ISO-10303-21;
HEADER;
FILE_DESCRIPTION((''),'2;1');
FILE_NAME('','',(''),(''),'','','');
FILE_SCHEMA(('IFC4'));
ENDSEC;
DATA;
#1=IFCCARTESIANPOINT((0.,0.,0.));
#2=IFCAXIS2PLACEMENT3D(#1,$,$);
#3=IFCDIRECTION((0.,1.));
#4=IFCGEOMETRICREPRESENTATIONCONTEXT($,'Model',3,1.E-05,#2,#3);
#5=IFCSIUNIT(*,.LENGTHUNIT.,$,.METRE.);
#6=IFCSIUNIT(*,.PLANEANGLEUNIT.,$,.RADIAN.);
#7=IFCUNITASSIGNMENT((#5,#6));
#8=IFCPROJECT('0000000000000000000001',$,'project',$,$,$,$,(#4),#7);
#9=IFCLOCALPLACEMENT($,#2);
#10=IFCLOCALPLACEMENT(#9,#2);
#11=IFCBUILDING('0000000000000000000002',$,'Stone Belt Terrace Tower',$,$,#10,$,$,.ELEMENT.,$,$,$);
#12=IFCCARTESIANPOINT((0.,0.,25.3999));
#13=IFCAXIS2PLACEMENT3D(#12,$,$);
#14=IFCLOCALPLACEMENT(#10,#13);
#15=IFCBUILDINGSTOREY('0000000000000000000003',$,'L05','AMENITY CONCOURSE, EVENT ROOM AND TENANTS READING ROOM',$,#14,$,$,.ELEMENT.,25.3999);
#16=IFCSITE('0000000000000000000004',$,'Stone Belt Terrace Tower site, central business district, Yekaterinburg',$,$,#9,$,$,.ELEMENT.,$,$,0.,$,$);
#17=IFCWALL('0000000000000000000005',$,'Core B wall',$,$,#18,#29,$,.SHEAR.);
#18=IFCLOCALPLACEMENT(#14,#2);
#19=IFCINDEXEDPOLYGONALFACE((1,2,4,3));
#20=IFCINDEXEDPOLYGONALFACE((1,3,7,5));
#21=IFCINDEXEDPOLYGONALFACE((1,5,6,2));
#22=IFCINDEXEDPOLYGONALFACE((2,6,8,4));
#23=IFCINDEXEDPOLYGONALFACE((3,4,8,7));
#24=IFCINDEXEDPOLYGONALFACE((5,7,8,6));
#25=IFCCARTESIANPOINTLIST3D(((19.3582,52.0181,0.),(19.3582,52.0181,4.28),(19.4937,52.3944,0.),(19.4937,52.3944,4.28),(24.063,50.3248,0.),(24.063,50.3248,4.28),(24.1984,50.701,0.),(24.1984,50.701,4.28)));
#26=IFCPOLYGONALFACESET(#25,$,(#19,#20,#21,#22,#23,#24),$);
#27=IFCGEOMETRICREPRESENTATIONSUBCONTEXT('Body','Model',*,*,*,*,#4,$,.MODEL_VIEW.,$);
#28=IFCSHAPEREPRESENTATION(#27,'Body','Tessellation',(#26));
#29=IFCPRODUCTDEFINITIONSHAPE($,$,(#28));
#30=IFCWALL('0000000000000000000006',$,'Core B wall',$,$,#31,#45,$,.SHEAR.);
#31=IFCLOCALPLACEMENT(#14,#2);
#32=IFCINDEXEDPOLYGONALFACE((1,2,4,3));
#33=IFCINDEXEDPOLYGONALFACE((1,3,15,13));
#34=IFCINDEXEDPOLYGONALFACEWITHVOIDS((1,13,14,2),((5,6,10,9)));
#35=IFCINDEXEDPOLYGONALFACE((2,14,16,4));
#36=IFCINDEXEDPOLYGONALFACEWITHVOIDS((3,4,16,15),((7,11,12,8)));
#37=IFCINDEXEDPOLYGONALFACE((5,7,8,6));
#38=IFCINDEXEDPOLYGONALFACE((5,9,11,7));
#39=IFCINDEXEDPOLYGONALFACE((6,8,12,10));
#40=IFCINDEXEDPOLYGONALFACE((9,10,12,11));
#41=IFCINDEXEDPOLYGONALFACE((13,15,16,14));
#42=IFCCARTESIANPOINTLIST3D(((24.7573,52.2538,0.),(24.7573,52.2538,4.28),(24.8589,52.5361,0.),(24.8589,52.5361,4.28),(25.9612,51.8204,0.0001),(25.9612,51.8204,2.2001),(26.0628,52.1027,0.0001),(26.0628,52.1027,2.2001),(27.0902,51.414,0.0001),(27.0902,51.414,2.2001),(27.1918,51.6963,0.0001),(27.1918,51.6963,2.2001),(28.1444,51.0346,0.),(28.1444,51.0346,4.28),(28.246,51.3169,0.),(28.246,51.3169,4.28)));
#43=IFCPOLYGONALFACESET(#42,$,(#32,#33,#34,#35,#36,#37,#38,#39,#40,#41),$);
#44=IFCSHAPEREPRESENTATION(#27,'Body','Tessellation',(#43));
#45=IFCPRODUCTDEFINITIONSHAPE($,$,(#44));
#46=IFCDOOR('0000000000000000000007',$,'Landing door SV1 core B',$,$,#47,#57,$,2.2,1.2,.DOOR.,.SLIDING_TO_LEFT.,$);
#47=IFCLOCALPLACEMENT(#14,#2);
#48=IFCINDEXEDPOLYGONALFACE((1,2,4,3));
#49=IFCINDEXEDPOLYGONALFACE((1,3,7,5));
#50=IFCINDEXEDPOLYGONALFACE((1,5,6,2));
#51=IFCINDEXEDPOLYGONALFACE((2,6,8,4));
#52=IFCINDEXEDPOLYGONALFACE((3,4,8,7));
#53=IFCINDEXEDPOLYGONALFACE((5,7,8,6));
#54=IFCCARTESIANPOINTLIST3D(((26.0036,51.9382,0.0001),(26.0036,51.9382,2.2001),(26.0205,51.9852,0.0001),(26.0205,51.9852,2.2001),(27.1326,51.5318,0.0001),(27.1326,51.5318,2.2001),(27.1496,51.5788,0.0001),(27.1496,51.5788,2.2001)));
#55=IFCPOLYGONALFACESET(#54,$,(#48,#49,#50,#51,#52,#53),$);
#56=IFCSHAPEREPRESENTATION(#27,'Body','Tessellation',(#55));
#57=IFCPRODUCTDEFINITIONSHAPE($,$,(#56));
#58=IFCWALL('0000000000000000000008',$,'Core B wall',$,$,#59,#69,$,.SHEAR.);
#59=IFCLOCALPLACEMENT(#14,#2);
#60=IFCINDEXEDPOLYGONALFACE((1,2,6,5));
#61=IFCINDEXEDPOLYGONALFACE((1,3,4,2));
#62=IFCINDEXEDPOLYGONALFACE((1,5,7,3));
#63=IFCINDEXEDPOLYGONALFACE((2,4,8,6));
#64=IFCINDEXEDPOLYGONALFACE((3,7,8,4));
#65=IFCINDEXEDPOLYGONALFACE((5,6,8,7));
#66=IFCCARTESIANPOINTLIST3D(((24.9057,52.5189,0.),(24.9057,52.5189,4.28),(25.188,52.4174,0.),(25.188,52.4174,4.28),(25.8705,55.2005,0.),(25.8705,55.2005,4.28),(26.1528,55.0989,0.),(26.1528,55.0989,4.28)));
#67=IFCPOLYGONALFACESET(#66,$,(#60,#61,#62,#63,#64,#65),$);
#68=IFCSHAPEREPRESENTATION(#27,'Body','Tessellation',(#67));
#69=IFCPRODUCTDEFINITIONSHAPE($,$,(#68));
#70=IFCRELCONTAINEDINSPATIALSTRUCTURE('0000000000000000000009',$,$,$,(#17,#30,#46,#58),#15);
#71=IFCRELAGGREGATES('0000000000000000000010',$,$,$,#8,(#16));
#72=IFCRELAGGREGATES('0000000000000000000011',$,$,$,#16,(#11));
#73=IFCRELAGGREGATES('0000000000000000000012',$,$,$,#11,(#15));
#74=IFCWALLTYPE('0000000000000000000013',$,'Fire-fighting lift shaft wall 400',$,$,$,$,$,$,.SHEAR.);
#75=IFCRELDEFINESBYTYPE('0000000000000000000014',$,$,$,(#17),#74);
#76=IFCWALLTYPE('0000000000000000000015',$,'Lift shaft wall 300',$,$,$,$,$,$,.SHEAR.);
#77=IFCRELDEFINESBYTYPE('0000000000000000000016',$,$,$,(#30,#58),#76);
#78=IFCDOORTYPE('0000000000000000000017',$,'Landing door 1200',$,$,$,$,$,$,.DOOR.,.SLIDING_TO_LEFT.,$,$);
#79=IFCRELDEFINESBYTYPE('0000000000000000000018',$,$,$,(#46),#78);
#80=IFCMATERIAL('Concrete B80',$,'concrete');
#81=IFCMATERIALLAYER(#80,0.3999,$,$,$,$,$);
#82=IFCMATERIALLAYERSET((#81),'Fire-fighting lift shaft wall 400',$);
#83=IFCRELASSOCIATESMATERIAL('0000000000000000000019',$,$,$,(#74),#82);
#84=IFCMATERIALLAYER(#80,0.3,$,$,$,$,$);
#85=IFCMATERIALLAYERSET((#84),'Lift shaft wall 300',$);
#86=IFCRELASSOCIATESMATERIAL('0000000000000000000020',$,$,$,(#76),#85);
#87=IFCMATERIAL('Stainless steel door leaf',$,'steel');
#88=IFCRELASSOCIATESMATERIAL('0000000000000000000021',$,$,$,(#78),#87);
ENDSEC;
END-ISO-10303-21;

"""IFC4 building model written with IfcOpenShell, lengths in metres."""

from ifc_helpers import new_model, si_unit, direction, frame, frame_2d, origin, place, context, subcontext, project, spatial, rectangle, extrude, material, layer, layer_set, type_object, element, fill, save


model = new_model("IFC4")

# Units and contexts
model_context = context("Model", 3, precision=1e-05, world=origin(), true_north=direction((0.0, 1.0)))
body_context = subcontext(model_context, "Body", "Model", "MODEL_VIEW")
ifc_project = project(units=[si_unit("LENGTHUNIT", "METRE"), si_unit("PLANEANGLEUNIT", "RADIAN")], contexts=[model_context])

# Site, building, storey
site_placement = place(None, origin())
site = spatial("IfcSite", under=ifc_project, at=site_placement, Name="Stone Belt Terrace Tower site, central business district, Yekaterinburg", CompositionType="ELEMENT", RefElevation=0.0)
building_placement = place(site_placement, origin())
building = spatial("IfcBuilding", under=site, at=building_placement, Name="Stone Belt Terrace Tower", CompositionType="ELEMENT")
storey_placement = place(building_placement, frame((0.0, 0.0, 25.3999)))
storey = spatial("IfcBuildingStorey", under=building, at=storey_placement, Name="L05", Description="AMENITY CONCOURSE, EVENT ROOM AND TENANTS READING ROOM", CompositionType="ELEMENT", Elevation=25.3999)

# Shared definitions
ifc_material_1 = material(Name="Concrete B80", Category="concrete")

# Wall
ifc_layer_1 = layer(ifc_material_1, 0.3999)
ifc_layer_set_1 = layer_set([ifc_layer_1], Name="Fire-fighting lift shaft wall 400")
wall_type_1 = type_object("IfcWallType", Name="Fire-fighting lift shaft wall 400", PredefinedType="SHEAR", material=ifc_layer_set_1)
wall_1_placement = place(storey_placement, frame((24.1306, 50.5129, 0.0), z_axis=(0.0, 0.0, 1.0), x_axis=(-0.940912, 0.338652, 0.0)))
element("IfcWall", 1, at=wall_1_placement, inside=storey, type_object=wall_type_1, Name="Core B wall", PredefinedType="SHEAR", context=body_context, shape_type="SweptSolid", body=[
    extrude(rectangle(XDim=5.0002, YDim=0.3999, at=frame_2d((2.5, 0.0))), origin(), (0.0, 0.0, 1.0), 4.28),
])

# Wall, opening, door
ifc_layer_2 = layer(ifc_material_1, 0.3)
ifc_layer_set_2 = layer_set([ifc_layer_2], Name="Lift shaft wall 300")
wall_type_2 = type_object("IfcWallType", Name="Lift shaft wall 300", PredefinedType="SHEAR", material=ifc_layer_set_2)
wall_2_placement = place(storey_placement, frame((28.1951, 51.1758, 0.0), z_axis=(0.0, 0.0, 1.0), x_axis=(-0.940901, 0.338681, 0.0)))
wall_2 = element("IfcWall", 2, at=wall_2_placement, inside=storey, type_object=wall_type_2, Name="Core B wall", PredefinedType="SHEAR", context=body_context, shape_type="SweptSolid", body=[
    extrude(rectangle(XDim=3.5999, YDim=0.3, at=frame_2d((1.7998, 0.0))), origin(), (0.0, 0.0, 1.0), 4.28),
])
opening_1_placement = place(wall_2_placement, frame((1.1201, 0.0, 0.0)))
opening_1 = element("IfcOpeningElement", 3, at=opening_1_placement, cuts=wall_2, PredefinedType="OPENING", context=body_context, shape_type="SweptSolid", body=[
    extrude(rectangle(XDim=1.2, YDim=2.2, at=frame_2d((0.6001, 1.1001))), frame((0.0, 0.1599, 0.0), z_axis=(0.0, -1.0, 0.0), x_axis=(1.0, 0.0, 0.0)), (0.0, 0.0, 1.0), 0.3201),
])
ifc_material_2 = material(Name="Stainless steel door leaf", Category="steel")
door_type_1 = type_object("IfcDoorType", Name="Landing door 1200", OperationType="SLIDING_TO_LEFT", PredefinedType="DOOR", material=ifc_material_2)
door_1_placement = place(opening_1_placement, origin())
door_1 = element("IfcDoor", 4, at=door_1_placement, inside=storey, type_object=door_type_1, Name="Landing door SV1 core B", OperationType="SLIDING_TO_LEFT", OverallHeight=2.2, OverallWidth=1.2, PredefinedType="DOOR", context=body_context, shape_type="SweptSolid", body=[
    extrude(rectangle(XDim=1.2, YDim=2.2, at=frame_2d((0.6001, 1.1001))), frame((0.0, 0.0249, 0.0), z_axis=(0.0, -1.0, 0.0), x_axis=(1.0, 0.0, 0.0)), (0.0, 0.0, 1.0), 0.05),
])
fill(opening_1, door_1)

# Wall
wall_3_placement = place(storey_placement, frame((25.0469, 52.4683, 0.0), z_axis=(0.0, 0.0, 1.0), x_axis=(0.33855, 0.940949, 0.0)))
element("IfcWall", 5, at=wall_3_placement, inside=storey, type_object=wall_type_2, Name="Core B wall", PredefinedType="SHEAR", context=body_context, shape_type="SweptSolid", body=[
    extrude(rectangle(XDim=2.8499, YDim=0.3, at=frame_2d((1.4248, 0.0))), origin(), (0.0, 0.0, 1.0), 4.28),
])

save(model, "model.ifc")
